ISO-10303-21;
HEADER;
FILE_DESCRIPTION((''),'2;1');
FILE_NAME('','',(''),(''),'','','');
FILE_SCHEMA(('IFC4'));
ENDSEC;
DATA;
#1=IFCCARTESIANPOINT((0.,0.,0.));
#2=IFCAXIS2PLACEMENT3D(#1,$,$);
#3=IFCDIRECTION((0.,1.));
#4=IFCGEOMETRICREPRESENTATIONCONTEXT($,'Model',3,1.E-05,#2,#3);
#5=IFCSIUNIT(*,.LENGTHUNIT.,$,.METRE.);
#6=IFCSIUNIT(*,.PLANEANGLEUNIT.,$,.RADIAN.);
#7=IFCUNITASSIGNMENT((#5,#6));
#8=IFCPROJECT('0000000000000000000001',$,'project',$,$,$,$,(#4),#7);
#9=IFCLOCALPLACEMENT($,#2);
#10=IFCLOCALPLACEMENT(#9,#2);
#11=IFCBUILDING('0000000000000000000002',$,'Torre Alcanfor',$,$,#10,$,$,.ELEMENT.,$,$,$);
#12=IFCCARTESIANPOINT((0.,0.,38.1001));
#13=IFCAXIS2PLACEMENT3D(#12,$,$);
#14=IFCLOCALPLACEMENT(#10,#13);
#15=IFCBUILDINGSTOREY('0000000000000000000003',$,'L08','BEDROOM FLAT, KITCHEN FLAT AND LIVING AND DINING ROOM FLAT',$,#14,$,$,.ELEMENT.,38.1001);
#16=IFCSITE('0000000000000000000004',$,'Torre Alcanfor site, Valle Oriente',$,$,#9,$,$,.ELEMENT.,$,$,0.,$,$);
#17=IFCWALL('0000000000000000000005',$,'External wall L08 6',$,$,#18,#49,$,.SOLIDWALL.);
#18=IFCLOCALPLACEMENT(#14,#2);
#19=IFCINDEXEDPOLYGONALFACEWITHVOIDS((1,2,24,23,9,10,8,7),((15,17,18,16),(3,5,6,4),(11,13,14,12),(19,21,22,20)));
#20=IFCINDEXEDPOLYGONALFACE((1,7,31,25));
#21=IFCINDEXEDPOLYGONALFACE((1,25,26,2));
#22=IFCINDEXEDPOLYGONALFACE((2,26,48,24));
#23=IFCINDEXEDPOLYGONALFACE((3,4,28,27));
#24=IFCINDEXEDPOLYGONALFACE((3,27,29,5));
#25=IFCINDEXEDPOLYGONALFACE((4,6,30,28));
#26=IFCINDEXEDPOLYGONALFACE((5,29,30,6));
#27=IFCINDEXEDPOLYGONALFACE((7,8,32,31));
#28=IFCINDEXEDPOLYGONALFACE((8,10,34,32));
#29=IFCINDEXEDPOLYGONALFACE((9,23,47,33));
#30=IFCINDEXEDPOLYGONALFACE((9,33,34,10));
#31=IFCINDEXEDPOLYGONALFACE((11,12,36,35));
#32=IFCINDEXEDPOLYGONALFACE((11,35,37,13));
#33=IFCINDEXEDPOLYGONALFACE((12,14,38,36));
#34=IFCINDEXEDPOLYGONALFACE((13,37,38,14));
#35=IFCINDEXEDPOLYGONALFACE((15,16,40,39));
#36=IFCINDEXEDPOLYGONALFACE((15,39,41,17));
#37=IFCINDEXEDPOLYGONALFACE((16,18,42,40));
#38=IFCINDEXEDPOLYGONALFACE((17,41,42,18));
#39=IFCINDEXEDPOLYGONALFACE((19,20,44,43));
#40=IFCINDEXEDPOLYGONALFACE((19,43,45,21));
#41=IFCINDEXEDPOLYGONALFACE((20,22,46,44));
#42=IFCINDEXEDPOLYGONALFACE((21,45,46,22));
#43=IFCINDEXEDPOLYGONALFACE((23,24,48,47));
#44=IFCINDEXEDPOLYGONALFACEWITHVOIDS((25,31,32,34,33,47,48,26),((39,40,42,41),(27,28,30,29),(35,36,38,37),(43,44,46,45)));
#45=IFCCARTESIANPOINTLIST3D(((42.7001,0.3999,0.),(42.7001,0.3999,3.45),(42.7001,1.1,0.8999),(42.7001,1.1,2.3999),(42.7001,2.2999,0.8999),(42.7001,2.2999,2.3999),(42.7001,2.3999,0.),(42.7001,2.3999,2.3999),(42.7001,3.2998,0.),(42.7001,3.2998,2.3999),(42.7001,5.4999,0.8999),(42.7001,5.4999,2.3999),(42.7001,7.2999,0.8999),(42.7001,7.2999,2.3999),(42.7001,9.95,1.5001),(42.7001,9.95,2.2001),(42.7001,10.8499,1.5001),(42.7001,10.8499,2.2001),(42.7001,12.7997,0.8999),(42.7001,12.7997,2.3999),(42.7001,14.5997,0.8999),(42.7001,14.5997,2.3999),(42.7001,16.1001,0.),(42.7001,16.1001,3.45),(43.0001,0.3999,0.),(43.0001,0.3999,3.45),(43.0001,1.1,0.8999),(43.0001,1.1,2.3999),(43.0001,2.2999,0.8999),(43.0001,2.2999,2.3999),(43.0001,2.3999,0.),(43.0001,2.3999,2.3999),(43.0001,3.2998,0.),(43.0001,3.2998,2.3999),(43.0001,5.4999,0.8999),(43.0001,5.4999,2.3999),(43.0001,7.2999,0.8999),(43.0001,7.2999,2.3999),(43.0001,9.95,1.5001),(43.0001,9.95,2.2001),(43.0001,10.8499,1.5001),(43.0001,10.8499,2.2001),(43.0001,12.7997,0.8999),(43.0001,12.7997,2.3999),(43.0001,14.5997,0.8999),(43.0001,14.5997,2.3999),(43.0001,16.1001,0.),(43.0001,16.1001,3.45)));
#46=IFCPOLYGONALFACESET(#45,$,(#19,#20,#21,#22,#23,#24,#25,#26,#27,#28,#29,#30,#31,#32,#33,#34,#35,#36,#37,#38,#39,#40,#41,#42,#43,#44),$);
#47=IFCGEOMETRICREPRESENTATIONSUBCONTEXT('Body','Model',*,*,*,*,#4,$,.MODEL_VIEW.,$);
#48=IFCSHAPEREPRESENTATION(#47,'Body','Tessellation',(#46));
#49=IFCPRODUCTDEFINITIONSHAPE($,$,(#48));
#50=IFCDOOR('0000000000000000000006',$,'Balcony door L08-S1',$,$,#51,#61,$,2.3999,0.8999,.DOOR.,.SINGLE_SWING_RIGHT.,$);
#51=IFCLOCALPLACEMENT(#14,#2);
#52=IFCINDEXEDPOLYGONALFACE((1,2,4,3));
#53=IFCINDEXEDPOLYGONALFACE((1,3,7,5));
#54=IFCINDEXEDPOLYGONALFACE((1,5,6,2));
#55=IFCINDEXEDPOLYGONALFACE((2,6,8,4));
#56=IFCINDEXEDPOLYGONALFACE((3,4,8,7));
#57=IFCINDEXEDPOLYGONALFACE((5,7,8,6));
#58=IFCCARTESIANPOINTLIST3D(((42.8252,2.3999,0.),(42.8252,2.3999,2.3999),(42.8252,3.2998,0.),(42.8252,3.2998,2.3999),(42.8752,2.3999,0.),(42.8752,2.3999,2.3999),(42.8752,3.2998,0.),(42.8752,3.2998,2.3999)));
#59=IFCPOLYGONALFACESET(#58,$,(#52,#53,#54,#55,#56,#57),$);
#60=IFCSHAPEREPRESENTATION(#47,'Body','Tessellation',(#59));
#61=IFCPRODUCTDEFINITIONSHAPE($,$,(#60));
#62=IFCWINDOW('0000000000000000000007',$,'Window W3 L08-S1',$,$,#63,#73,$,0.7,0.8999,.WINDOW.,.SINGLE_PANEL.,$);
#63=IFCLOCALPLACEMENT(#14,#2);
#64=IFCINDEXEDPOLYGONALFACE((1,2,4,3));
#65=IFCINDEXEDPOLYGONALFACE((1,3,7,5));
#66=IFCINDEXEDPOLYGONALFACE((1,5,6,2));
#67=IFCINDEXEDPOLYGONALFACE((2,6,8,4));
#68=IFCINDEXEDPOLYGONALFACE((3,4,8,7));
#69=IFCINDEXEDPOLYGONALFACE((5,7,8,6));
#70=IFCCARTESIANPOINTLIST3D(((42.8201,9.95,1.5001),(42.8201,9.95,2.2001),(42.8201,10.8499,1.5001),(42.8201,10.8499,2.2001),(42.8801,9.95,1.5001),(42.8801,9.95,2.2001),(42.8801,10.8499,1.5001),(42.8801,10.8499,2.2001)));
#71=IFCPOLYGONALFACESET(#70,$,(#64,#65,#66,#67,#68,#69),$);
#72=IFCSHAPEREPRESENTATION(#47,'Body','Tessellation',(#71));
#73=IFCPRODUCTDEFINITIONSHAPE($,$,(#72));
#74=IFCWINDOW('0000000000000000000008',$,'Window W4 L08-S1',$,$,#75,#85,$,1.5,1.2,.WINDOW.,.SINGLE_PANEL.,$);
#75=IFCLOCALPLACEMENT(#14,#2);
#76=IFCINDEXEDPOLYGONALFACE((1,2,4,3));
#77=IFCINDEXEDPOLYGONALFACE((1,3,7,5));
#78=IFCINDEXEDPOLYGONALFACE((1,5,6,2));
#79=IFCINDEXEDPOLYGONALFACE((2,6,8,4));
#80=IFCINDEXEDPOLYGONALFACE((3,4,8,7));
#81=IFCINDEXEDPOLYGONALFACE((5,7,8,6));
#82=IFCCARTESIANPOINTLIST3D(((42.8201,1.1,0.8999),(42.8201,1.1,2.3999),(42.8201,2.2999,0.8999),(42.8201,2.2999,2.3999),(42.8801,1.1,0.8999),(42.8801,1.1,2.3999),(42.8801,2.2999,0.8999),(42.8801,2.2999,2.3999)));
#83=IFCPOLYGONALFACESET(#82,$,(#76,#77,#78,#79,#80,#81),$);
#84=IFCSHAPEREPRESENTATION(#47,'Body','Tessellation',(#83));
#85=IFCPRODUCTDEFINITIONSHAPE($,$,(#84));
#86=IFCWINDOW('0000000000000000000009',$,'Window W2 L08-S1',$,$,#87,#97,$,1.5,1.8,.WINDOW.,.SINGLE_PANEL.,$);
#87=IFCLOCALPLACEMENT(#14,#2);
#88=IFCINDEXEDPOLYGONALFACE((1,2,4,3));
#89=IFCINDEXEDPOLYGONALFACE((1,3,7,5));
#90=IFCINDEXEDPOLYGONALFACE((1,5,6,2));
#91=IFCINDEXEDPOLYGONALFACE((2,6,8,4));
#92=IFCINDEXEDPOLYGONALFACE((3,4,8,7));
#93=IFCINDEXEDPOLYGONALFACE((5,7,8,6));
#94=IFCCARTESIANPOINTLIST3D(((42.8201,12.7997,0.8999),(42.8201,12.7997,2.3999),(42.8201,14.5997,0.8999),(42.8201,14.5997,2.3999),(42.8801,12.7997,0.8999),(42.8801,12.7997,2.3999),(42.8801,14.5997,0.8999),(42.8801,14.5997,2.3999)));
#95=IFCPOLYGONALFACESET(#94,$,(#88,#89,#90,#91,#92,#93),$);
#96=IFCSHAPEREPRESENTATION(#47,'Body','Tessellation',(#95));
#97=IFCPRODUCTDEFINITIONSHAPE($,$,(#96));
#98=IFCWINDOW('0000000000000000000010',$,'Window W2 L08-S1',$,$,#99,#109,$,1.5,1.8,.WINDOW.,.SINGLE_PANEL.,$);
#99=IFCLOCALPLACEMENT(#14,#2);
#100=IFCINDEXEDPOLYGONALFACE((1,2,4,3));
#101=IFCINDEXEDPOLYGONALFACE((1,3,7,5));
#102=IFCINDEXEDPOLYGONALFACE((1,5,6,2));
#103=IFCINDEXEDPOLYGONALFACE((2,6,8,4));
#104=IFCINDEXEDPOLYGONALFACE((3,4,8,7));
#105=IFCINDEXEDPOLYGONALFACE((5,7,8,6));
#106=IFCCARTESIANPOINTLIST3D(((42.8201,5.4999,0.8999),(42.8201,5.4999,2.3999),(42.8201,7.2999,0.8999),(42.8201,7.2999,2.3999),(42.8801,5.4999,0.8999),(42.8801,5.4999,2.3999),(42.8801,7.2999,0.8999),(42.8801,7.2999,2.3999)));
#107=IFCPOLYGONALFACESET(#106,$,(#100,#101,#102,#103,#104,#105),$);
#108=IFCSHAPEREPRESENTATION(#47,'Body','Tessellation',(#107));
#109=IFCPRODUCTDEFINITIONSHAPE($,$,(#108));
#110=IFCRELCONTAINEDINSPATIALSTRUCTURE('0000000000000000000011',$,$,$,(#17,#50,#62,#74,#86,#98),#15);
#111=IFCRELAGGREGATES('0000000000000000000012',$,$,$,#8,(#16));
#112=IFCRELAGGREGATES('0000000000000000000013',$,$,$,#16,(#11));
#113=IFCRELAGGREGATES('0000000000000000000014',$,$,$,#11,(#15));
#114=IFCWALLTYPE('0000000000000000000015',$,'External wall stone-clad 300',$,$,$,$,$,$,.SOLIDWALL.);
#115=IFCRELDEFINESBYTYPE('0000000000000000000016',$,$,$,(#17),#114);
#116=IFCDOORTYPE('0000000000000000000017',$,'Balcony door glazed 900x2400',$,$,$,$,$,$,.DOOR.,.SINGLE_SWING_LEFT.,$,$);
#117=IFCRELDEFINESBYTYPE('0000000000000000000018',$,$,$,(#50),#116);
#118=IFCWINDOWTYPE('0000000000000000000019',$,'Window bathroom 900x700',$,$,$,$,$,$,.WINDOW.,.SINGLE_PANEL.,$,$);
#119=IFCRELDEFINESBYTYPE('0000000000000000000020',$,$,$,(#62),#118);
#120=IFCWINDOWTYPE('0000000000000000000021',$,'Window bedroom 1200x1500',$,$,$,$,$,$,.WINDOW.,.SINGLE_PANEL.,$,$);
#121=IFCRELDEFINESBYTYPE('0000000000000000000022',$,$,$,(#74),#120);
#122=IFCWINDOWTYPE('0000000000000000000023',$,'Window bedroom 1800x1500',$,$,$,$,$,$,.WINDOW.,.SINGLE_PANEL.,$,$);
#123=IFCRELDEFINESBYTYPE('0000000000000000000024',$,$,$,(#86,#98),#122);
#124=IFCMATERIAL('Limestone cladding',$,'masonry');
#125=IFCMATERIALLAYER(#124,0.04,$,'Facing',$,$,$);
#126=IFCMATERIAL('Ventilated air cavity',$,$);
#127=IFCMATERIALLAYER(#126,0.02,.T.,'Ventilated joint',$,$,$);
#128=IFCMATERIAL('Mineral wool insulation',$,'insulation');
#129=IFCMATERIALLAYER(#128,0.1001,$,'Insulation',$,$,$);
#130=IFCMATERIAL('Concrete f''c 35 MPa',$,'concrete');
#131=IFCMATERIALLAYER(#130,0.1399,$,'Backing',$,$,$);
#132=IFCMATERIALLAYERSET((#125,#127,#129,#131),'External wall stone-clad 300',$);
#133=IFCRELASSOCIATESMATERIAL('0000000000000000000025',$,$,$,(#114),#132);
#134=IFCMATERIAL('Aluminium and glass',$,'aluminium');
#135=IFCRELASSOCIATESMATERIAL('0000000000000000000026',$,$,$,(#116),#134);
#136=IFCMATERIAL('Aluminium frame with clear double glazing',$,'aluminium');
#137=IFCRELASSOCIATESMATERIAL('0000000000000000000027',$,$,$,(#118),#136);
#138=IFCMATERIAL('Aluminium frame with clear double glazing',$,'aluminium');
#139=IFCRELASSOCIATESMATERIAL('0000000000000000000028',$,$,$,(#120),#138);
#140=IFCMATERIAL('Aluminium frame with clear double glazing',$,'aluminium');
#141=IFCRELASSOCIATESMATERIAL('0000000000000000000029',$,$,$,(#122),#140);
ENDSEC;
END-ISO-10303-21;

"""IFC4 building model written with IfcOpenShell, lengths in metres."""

from ifc_helpers import new_model, si_unit, direction, frame, frame_2d, origin, place, context, subcontext, project, spatial, rectangle, extrude, material, layer, layer_set, type_object, element, fill, save


model = new_model("IFC4")

# Units and contexts
model_context = context("Model", 3, precision=1e-05, world=origin(), true_north=direction((0.0, 1.0)))
body_context = subcontext(model_context, "Body", "Model", "MODEL_VIEW")
ifc_project = project(units=[si_unit("LENGTHUNIT", "METRE"), si_unit("PLANEANGLEUNIT", "RADIAN")], contexts=[model_context])

# Site, building, storey
site_placement = place(None, origin())
site = spatial("IfcSite", under=ifc_project, at=site_placement, Name="Torre Alcanfor site, Valle Oriente", CompositionType="ELEMENT", RefElevation=0.0)
building_placement = place(site_placement, origin())
building = spatial("IfcBuilding", under=site, at=building_placement, Name="Torre Alcanfor", CompositionType="ELEMENT")
storey_placement = place(building_placement, frame((0.0, 0.0, 38.1001)))
storey = spatial("IfcBuildingStorey", under=building, at=storey_placement, Name="L08", Description="BEDROOM FLAT, KITCHEN FLAT AND LIVING AND DINING ROOM FLAT", CompositionType="ELEMENT", Elevation=38.1001)

# Wall, openings, door, windows
ifc_material_1 = material(Name="Limestone cladding", Category="masonry")
ifc_layer_1 = layer(ifc_material_1, 0.04, Name="Facing")
ifc_material_2 = material(Name="Ventilated air cavity")
ifc_layer_2 = layer(ifc_material_2, 0.02, ventilated=True, Name="Ventilated joint")
ifc_material_3 = material(Name="Mineral wool insulation", Category="insulation")
ifc_layer_3 = layer(ifc_material_3, 0.1001, Name="Insulation")
ifc_material_4 = material(Name="Concrete f'c 35 MPa", Category="concrete")
ifc_layer_4 = layer(ifc_material_4, 0.1399, Name="Backing")
ifc_layer_set_1 = layer_set([ifc_layer_1, ifc_layer_2, ifc_layer_3, ifc_layer_4], Name="External wall stone-clad 300")
wall_type_1 = type_object("IfcWallType", Name="External wall stone-clad 300", PredefinedType="SOLIDWALL", material=ifc_layer_set_1)
wall_1_placement = place(storey_placement, frame((42.8501, 0.3999, 0.0), z_axis=(0.0, 0.0, 1.0), x_axis=(0.0, 1.0, 0.0)))
wall_1 = element("IfcWall", 1, at=wall_1_placement, inside=storey, type_object=wall_type_1, Name="External wall L08 6", PredefinedType="SOLIDWALL", context=body_context, shape_type="SweptSolid", body=[
    extrude(rectangle(XDim=15.7002, YDim=0.3, at=frame_2d((7.8501, 0.0))), origin(), (0.0, 0.0, 1.0), 3.45),
])
opening_1_placement = place(wall_1_placement, frame((12.3999, 0.0, 0.8999)))
opening_1 = element("IfcOpeningElement", 2, at=opening_1_placement, cuts=wall_1, PredefinedType="OPENING", context=body_context, shape_type="SweptSolid", body=[
    extrude(rectangle(XDim=1.8, YDim=1.5, at=frame_2d((0.8999, 0.75))), frame((0.0, 0.1599, 0.0), z_axis=(0.0, -1.0, 0.0), x_axis=(1.0, 0.0, 0.0)), (0.0, 0.0, 1.0), 0.3201),
])
opening_2_placement = place(wall_1_placement, frame((9.55, 0.0, 1.5)))
opening_2 = element("IfcOpeningElement", 3, at=opening_2_placement, cuts=wall_1, PredefinedType="OPENING", context=body_context, shape_type="SweptSolid", body=[
    extrude(rectangle(XDim=0.8999, YDim=0.7, at=frame_2d((0.45, 0.3501))), frame((0.0, 0.1599, 0.0), z_axis=(0.0, -1.0, 0.0), x_axis=(1.0, 0.0, 0.0)), (0.0, 0.0, 1.0), 0.3201),
])
opening_3_placement = place(wall_1_placement, frame((5.1001, 0.0, 0.8999)))
opening_3 = element("IfcOpeningElement", 4, at=opening_3_placement, cuts=wall_1, PredefinedType="OPENING", context=body_context, shape_type="SweptSolid", body=[
    extrude(rectangle(XDim=1.8, YDim=1.5, at=frame_2d((0.8999, 0.75))), frame((0.0, 0.1599, 0.0), z_axis=(0.0, -1.0, 0.0), x_axis=(1.0, 0.0, 0.0)), (0.0, 0.0, 1.0), 0.3201),
])
opening_4_placement = place(wall_1_placement, frame((2.0, 0.0, 0.0)))
opening_4 = element("IfcOpeningElement", 5, at=opening_4_placement, cuts=wall_1, PredefinedType="OPENING", context=body_context, shape_type="SweptSolid", body=[
    extrude(rectangle(XDim=0.8999, YDim=2.3999, at=frame_2d((0.45, 1.2))), frame((0.0, 0.1599, 0.0), z_axis=(0.0, -1.0, 0.0), x_axis=(1.0, 0.0, 0.0)), (0.0, 0.0, 1.0), 0.3201),
])
opening_5_placement = place(wall_1_placement, frame((0.7, 0.0, 0.8999)))
opening_5 = element("IfcOpeningElement", 6, at=opening_5_placement, cuts=wall_1, PredefinedType="OPENING", context=body_context, shape_type="SweptSolid", body=[
    extrude(rectangle(XDim=1.2, YDim=1.5, at=frame_2d((0.6001, 0.75))), frame((0.0, 0.1599, 0.0), z_axis=(0.0, -1.0, 0.0), x_axis=(1.0, 0.0, 0.0)), (0.0, 0.0, 1.0), 0.3201),
])
ifc_material_5 = material(Name="Aluminium and glass", Category="aluminium")
door_type = type_object("IfcDoorType", Name="Balcony door glazed 900x2400", OperationType="SINGLE_SWING_LEFT", PredefinedType="DOOR", material=ifc_material_5)
door_1_placement = place(opening_4_placement, origin())
door_1 = element("IfcDoor", 7, at=door_1_placement, inside=storey, type_object=door_type, Name="Balcony door L08-S1", OperationType="SINGLE_SWING_RIGHT", OverallHeight=2.3999, OverallWidth=0.8999, PredefinedType="DOOR", context=body_context, shape_type="SweptSolid", body=[
    extrude(rectangle(XDim=0.8999, YDim=2.3999, at=frame_2d((0.45, 1.2))), frame((0.0, 0.0249, 0.0), z_axis=(0.0, -1.0, 0.0), x_axis=(1.0, 0.0, 0.0)), (0.0, 0.0, 1.0), 0.05),
])
fill(opening_4, door_1)
ifc_material_6 = material(Name="Aluminium frame with clear double glazing", Category="aluminium")
window_type_1 = type_object("IfcWindowType", Name="Window bathroom 900x700", PartitioningType="SINGLE_PANEL", PredefinedType="WINDOW", material=ifc_material_6)
window_1_placement = place(opening_2_placement, origin())
window_1 = element("IfcWindow", 8, at=window_1_placement, inside=storey, type_object=window_type_1, Name="Window W3 L08-S1", OverallHeight=0.7, OverallWidth=0.8999, PartitioningType="SINGLE_PANEL", PredefinedType="WINDOW", context=body_context, shape_type="SweptSolid", body=[
    extrude(rectangle(XDim=0.8999, YDim=0.7, at=frame_2d((0.45, 0.3501))), frame((0.0, 0.03, 0.0), z_axis=(0.0, -1.0, 0.0), x_axis=(1.0, 0.0, 0.0)), (0.0, 0.0, 1.0), 0.0601),
])
fill(opening_2, window_1)
ifc_material_7 = material(Name="Aluminium frame with clear double glazing", Category="aluminium")
window_type_2 = type_object("IfcWindowType", Name="Window bedroom 1200x1500", PartitioningType="SINGLE_PANEL", PredefinedType="WINDOW", material=ifc_material_7)
window_2_placement = place(opening_5_placement, origin())
window_2 = element("IfcWindow", 9, at=window_2_placement, inside=storey, type_object=window_type_2, Name="Window W4 L08-S1", OverallHeight=1.5, OverallWidth=1.2, PartitioningType="SINGLE_PANEL", PredefinedType="WINDOW", context=body_context, shape_type="SweptSolid", body=[
    extrude(rectangle(XDim=1.2, YDim=1.5, at=frame_2d((0.6001, 0.75))), frame((0.0, 0.03, 0.0), z_axis=(0.0, -1.0, 0.0), x_axis=(1.0, 0.0, 0.0)), (0.0, 0.0, 1.0), 0.0601),
])
fill(opening_5, window_2)
ifc_material_8 = material(Name="Aluminium frame with clear double glazing", Category="aluminium")
window_type_3 = type_object("IfcWindowType", Name="Window bedroom 1800x1500", PartitioningType="SINGLE_PANEL", PredefinedType="WINDOW", material=ifc_material_8)
window_3_placement = place(opening_1_placement, origin())
window_3 = element("IfcWindow", 10, at=window_3_placement, inside=storey, type_object=window_type_3, Name="Window W2 L08-S1", OverallHeight=1.5, OverallWidth=1.8, PartitioningType="SINGLE_PANEL", PredefinedType="WINDOW", context=body_context, shape_type="SweptSolid", body=[
    extrude(rectangle(XDim=1.8, YDim=1.5, at=frame_2d((0.8999, 0.75))), frame((0.0, 0.03, 0.0), z_axis=(0.0, -1.0, 0.0), x_axis=(1.0, 0.0, 0.0)), (0.0, 0.0, 1.0), 0.0601),
])
fill(opening_1, window_3)
window_4_placement = place(opening_3_placement, origin())
window_4 = element("IfcWindow", 11, at=window_4_placement, inside=storey, type_object=window_type_3, Name="Window W2 L08-S1", OverallHeight=1.5, OverallWidth=1.8, PartitioningType="SINGLE_PANEL", PredefinedType="WINDOW", context=body_context, shape_type="SweptSolid", body=[
    extrude(rectangle(XDim=1.8, YDim=1.5, at=frame_2d((0.8999, 0.75))), frame((0.0, 0.03, 0.0), z_axis=(0.0, -1.0, 0.0), x_axis=(1.0, 0.0, 0.0)), (0.0, 0.0, 1.0), 0.0601),
])
fill(opening_3, window_4)

save(model, "model.ifc")
